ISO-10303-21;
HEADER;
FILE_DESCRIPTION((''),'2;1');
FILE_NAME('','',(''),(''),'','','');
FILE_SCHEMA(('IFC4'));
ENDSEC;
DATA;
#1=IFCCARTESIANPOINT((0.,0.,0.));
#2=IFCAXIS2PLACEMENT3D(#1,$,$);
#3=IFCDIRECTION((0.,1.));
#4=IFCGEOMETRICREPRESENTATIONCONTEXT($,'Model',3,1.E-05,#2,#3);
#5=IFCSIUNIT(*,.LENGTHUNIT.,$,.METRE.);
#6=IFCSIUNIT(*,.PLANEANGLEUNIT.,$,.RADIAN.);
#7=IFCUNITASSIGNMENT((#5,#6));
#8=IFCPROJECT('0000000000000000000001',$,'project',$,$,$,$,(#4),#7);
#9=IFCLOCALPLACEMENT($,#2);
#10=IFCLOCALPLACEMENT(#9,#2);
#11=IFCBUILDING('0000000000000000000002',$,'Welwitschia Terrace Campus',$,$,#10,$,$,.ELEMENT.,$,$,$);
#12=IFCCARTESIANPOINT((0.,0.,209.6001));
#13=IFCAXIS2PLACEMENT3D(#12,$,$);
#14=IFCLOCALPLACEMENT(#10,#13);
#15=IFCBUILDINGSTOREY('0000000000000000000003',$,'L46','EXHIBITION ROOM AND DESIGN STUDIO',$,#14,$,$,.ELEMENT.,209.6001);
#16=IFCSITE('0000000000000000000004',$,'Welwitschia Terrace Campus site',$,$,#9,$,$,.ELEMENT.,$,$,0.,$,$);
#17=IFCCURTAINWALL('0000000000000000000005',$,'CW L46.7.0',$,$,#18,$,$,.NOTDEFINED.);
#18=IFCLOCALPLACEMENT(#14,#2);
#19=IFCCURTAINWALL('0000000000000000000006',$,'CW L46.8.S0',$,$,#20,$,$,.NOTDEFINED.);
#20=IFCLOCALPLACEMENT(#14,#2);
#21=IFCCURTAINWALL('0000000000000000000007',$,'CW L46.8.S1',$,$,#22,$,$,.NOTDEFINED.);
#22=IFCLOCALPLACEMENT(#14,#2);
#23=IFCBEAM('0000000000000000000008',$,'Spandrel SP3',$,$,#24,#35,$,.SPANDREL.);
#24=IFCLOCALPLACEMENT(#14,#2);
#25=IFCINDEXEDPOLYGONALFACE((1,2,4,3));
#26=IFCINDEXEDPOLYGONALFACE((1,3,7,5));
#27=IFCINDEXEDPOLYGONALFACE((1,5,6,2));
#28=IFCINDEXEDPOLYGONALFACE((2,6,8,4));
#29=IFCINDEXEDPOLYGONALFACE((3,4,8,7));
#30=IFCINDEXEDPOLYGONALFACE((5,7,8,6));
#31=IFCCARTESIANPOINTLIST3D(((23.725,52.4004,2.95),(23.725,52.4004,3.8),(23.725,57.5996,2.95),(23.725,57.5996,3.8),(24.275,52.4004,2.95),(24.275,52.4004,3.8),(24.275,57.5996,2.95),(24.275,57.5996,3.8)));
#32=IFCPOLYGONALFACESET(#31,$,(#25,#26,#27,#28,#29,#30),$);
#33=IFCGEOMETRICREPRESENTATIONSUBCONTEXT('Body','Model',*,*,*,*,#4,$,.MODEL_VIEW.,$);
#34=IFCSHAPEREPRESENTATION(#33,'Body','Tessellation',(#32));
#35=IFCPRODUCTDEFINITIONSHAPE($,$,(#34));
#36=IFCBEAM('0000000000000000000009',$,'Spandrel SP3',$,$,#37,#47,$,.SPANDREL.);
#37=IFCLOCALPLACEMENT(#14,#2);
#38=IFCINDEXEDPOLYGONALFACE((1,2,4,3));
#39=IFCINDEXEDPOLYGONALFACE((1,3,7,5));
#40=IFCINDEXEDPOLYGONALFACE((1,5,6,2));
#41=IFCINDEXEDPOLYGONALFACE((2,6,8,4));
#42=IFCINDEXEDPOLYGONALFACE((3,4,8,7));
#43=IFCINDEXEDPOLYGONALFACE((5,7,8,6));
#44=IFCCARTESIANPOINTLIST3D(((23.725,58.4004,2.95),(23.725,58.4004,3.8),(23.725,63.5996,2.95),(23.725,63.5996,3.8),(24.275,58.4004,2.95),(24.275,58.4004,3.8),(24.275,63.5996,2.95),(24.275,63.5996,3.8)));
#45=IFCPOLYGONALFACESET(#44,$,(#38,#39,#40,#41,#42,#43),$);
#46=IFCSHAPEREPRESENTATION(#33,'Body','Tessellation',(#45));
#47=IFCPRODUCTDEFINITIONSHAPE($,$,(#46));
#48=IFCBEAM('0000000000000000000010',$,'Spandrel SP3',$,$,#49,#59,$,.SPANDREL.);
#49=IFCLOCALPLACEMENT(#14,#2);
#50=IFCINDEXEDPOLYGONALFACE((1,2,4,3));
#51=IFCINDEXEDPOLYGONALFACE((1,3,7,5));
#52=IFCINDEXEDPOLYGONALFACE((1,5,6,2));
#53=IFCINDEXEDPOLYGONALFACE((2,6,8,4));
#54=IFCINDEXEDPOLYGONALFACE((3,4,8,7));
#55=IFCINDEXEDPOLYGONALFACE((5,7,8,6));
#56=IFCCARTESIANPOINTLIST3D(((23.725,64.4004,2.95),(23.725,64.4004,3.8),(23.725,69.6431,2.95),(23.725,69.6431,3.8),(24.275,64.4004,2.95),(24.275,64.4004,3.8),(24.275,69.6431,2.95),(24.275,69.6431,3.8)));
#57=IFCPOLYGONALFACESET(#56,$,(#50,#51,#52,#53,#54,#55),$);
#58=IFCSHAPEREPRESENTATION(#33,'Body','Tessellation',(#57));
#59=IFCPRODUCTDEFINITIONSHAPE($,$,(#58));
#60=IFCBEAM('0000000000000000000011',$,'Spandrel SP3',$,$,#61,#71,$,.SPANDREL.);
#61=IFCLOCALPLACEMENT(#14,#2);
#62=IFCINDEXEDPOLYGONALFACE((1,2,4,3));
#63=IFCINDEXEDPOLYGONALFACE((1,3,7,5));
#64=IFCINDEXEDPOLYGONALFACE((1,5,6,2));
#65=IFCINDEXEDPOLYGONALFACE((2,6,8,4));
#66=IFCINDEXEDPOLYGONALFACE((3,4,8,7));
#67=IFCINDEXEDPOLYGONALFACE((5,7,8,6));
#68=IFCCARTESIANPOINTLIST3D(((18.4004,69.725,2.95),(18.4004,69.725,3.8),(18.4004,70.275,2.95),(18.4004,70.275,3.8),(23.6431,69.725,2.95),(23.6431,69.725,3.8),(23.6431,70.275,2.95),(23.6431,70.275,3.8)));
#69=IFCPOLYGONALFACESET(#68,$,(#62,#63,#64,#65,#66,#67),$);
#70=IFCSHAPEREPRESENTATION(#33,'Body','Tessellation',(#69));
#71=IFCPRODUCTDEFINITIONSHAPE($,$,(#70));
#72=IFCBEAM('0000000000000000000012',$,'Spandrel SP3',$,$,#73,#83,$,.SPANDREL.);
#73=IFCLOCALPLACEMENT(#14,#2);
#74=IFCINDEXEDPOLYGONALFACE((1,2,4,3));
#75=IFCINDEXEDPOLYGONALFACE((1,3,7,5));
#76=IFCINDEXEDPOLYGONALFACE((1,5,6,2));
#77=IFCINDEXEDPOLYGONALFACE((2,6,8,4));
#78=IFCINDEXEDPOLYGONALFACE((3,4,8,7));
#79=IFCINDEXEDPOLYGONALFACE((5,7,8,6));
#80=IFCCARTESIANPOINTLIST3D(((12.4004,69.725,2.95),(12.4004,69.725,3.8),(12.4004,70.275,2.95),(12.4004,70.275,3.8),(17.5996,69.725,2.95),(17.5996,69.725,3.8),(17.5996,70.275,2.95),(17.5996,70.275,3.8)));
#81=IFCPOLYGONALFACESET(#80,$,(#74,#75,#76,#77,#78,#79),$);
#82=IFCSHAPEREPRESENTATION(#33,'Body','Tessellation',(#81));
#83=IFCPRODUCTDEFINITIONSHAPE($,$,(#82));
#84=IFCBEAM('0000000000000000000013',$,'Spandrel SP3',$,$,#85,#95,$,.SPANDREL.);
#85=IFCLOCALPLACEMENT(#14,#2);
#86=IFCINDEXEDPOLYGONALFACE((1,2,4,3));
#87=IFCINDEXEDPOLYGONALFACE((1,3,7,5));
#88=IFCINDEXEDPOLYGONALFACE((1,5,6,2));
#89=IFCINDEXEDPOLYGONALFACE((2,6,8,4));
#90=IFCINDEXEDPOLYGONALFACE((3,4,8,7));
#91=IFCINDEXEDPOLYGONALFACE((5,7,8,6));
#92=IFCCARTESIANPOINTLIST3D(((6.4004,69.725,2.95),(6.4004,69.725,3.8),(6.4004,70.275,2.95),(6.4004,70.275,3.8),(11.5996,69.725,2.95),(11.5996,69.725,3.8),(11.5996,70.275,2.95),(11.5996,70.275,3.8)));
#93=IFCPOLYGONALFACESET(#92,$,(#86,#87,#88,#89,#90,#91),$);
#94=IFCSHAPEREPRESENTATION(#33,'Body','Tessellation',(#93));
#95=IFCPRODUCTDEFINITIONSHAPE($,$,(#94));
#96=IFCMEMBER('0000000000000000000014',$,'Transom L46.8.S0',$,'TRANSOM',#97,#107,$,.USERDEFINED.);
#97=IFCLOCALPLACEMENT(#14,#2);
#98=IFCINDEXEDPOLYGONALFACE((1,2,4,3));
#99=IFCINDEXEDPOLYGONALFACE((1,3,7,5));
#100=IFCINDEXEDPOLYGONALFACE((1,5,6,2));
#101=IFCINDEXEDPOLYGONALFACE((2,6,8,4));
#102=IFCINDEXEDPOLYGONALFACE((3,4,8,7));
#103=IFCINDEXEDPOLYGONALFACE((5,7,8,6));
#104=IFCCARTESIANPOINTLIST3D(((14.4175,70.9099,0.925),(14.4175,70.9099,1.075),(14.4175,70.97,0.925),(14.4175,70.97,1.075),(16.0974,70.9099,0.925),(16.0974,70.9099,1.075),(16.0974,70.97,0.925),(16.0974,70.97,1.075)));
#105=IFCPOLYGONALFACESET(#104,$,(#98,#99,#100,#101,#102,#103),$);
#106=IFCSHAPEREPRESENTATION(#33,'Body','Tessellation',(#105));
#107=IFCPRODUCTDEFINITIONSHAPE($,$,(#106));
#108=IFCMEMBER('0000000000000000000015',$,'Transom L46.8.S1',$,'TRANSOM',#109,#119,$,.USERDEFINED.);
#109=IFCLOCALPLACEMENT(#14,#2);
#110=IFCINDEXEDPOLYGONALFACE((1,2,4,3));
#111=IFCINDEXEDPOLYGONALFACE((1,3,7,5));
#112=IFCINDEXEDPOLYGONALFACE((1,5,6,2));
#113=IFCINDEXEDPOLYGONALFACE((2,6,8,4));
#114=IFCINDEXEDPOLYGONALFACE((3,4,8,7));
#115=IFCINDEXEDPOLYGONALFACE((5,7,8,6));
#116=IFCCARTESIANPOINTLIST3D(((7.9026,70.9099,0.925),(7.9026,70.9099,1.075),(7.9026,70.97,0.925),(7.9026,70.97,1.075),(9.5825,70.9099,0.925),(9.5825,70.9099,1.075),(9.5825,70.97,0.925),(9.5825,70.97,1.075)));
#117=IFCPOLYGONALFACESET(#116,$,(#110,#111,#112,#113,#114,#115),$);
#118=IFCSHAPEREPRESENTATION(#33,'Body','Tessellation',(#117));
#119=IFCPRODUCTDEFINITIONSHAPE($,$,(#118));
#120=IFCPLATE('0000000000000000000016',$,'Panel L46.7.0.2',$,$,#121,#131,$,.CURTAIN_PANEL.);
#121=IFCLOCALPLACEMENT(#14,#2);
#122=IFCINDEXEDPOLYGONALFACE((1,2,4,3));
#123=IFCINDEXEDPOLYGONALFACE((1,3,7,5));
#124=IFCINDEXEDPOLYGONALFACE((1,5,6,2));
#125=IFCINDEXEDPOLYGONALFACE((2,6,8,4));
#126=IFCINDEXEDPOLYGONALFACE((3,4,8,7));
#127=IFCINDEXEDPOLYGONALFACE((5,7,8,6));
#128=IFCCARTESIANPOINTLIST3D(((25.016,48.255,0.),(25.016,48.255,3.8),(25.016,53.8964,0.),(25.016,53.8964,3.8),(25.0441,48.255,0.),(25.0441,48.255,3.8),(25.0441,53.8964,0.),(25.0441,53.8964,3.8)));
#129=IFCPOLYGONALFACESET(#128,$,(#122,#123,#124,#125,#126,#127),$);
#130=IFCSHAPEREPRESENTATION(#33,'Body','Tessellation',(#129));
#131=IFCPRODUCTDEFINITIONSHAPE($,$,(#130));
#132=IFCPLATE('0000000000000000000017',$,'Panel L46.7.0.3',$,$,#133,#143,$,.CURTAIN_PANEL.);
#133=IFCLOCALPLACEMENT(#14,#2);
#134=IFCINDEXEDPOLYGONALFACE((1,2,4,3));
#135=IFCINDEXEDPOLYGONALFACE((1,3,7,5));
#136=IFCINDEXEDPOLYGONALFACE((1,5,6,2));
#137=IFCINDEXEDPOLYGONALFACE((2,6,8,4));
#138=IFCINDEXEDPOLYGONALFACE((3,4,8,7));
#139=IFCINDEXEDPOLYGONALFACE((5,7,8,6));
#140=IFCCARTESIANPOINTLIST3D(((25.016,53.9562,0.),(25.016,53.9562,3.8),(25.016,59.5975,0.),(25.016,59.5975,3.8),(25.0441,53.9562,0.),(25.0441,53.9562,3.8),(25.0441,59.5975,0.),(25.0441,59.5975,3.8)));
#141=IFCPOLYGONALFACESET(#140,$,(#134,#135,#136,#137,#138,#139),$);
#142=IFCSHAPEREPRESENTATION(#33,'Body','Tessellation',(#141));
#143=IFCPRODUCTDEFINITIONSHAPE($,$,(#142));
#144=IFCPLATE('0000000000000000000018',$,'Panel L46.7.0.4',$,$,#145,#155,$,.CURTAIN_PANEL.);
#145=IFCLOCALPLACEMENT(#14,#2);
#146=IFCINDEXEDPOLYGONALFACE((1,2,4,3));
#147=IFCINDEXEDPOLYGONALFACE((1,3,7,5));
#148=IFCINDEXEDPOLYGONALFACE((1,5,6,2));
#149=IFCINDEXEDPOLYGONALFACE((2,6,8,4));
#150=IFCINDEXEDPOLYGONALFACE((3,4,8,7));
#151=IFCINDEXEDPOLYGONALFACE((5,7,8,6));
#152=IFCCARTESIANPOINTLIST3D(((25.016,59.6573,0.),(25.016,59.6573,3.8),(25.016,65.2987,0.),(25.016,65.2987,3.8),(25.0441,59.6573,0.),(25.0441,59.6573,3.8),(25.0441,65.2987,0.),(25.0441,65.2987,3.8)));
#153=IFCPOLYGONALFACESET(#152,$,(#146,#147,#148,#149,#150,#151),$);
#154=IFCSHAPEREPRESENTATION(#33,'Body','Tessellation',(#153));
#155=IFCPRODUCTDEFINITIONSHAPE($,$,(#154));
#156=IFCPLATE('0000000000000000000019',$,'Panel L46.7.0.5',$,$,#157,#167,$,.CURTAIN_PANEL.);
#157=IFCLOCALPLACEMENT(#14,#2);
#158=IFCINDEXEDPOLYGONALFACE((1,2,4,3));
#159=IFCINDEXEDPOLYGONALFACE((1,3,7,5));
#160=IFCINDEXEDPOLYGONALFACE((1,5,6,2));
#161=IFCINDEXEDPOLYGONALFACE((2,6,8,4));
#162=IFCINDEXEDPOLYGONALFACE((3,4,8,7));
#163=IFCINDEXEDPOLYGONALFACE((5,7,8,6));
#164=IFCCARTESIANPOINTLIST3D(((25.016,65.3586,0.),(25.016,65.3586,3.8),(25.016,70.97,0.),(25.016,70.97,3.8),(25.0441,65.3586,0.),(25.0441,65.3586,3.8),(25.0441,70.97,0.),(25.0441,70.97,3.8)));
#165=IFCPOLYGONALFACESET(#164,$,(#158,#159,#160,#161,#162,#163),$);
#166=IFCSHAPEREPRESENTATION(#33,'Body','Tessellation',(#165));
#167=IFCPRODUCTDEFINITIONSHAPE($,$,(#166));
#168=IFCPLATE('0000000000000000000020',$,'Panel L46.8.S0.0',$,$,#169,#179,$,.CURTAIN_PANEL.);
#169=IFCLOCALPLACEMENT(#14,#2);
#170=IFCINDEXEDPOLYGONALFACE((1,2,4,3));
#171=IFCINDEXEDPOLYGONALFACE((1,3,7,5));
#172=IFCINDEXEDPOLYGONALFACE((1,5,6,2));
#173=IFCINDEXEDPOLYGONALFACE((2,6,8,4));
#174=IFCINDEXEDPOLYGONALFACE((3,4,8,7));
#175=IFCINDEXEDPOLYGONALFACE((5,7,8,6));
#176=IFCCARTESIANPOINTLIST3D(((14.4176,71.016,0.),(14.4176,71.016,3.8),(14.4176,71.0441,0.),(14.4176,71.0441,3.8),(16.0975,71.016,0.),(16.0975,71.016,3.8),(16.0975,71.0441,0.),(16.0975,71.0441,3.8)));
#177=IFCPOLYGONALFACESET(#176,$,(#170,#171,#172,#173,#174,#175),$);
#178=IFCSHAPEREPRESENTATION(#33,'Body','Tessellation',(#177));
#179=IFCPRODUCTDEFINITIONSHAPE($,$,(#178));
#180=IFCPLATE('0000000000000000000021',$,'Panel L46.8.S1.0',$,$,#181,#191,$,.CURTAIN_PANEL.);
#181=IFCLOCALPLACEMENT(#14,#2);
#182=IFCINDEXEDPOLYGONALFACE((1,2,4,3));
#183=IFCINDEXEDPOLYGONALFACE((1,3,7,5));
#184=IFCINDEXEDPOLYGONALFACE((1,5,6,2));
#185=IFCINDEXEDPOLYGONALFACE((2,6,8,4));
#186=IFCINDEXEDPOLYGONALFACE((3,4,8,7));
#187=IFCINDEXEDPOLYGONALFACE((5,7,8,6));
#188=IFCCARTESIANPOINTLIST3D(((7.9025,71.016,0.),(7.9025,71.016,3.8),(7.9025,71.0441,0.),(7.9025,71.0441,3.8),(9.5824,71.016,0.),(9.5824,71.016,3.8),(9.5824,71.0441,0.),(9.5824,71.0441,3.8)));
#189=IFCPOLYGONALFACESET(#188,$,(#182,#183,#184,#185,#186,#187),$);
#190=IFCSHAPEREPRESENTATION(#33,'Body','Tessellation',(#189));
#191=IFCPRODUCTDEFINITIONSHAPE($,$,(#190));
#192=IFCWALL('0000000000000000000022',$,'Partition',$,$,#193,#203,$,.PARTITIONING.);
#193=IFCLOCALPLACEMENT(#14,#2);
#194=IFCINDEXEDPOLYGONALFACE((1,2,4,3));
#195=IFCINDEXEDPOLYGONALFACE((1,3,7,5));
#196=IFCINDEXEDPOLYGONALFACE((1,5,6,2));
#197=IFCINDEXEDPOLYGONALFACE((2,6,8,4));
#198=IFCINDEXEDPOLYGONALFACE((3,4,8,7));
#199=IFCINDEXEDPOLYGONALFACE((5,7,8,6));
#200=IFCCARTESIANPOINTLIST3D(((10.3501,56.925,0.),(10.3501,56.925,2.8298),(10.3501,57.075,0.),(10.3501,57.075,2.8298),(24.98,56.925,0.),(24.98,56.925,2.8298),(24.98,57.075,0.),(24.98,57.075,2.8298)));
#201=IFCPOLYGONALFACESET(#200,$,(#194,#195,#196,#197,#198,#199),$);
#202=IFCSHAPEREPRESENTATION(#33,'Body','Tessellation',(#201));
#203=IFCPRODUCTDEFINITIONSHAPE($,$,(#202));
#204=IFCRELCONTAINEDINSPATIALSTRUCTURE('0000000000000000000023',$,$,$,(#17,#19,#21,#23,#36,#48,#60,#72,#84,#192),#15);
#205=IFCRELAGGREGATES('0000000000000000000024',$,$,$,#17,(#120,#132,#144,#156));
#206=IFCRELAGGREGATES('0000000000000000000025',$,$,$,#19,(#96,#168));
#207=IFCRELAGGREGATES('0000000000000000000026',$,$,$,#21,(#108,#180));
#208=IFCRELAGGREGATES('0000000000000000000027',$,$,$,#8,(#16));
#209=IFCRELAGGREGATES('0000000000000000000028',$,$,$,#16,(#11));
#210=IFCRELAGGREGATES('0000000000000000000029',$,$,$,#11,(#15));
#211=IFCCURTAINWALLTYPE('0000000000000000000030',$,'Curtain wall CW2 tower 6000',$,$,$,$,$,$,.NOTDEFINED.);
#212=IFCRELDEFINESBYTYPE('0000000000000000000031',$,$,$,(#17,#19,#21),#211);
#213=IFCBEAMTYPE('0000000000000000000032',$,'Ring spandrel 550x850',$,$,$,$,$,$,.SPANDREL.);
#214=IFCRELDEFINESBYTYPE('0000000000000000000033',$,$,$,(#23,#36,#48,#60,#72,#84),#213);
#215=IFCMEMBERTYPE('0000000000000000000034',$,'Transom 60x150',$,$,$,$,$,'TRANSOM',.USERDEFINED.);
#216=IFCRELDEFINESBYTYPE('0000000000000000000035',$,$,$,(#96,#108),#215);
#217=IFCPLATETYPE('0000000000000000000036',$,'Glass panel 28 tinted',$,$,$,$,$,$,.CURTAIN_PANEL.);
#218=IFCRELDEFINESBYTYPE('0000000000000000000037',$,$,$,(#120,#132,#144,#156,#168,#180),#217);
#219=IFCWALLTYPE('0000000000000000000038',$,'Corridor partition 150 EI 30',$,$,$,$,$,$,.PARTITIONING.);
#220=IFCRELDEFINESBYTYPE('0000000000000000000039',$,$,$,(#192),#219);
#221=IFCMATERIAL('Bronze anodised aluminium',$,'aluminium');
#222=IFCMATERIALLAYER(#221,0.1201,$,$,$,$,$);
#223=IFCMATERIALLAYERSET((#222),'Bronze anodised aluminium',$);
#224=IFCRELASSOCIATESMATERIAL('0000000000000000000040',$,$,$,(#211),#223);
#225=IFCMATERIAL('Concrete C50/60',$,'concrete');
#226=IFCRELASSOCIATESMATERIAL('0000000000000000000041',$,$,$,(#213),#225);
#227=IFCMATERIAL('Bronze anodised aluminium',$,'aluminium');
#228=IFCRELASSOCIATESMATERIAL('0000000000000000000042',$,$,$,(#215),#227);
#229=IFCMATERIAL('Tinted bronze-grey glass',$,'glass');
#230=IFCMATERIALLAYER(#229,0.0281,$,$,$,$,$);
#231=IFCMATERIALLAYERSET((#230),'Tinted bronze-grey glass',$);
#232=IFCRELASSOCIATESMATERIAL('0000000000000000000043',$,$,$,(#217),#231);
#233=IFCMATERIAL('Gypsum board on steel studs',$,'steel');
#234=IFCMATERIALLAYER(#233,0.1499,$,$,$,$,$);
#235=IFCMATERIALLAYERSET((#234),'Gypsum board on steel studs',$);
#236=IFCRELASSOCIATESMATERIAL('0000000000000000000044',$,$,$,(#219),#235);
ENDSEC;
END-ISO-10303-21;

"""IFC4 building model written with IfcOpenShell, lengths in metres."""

from ifc_helpers import new_model, si_unit, direction, frame, frame_2d, origin, origin_2d, place, context, subcontext, project, spatial, rectangle, extrude, material, layer, layer_set, material_profile, profile_set, type_object, element, aggregate, save


model = new_model("IFC4")

# Units and contexts
model_context = context("Model", 3, precision=1e-05, world=origin(), true_north=direction((0.0, 1.0)))
body_context = subcontext(model_context, "Body", "Model", "MODEL_VIEW")
ifc_project = project(units=[si_unit("LENGTHUNIT", "METRE"), si_unit("PLANEANGLEUNIT", "RADIAN")], contexts=[model_context])

# Site, building, storey
site_placement = place(None, origin())
site = spatial("IfcSite", under=ifc_project, at=site_placement, Name="Welwitschia Terrace Campus site", CompositionType="ELEMENT", RefElevation=0.0)
building_placement = place(site_placement, origin())
building = spatial("IfcBuilding", under=site, at=building_placement, Name="Welwitschia Terrace Campus", CompositionType="ELEMENT")
storey_placement = place(building_placement, frame((0.0, 0.0, 209.6001)))
storey = spatial("IfcBuildingStorey", under=building, at=storey_placement, Name="L46", Description="EXHIBITION ROOM AND DESIGN STUDIO", CompositionType="ELEMENT", Elevation=209.6001)

# Curtain walls
ifc_material_1 = material(Name="Bronze anodised aluminium", Category="aluminium")
ifc_layer_1 = layer(ifc_material_1, 0.1201)
ifc_layer_set_1 = layer_set([ifc_layer_1], Name="Bronze anodised aluminium")
curtain_wall_type = type_object("IfcCurtainWallType", Name="Curtain wall CW2 tower 6000", PredefinedType="NOTDEFINED", material=ifc_layer_set_1)
curtain_wall_1_placement = place(storey_placement, origin())
curtain_wall_1 = element("IfcCurtainWall", 1, at=curtain_wall_1_placement, inside=storey, type_object=curtain_wall_type, Name="CW L46.7.0", PredefinedType="NOTDEFINED")
curtain_wall_2_placement = place(storey_placement, origin())
curtain_wall_2 = element("IfcCurtainWall", 2, at=curtain_wall_2_placement, inside=storey, type_object=curtain_wall_type, Name="CW L46.8.S0", PredefinedType="NOTDEFINED")

# Curtain wall
curtain_wall_3_placement = place(storey_placement, origin())
curtain_wall_3 = element("IfcCurtainWall", 3, at=curtain_wall_3_placement, inside=storey, type_object=curtain_wall_type, Name="CW L46.8.S1", PredefinedType="NOTDEFINED")

# Beams
ifc_material_2 = material(Name="Concrete C50/60", Category="concrete")
ifc_material_profile_1 = material_profile(ifc_material_2, rectangle(XDim=0.55, YDim=0.8501, at=origin_2d()))
ifc_profile_set_1 = profile_set([ifc_material_profile_1], Name="Concrete C50/60")
beam_type_1 = type_object("IfcBeamType", Name="Ring spandrel 550x850", PredefinedType="SPANDREL", material=ifc_profile_set_1)
for number, where, z_axis, x_axis, name in (
    (4, (24.0, 52.4004, 3.375), (0.0, 1.0, 0.0), (-1.0, 0.0, 0.0), "Spandrel SP3"),
    (5, (24.0, 58.4004, 3.375), (0.0, 1.0, 0.0), (-1.0, 0.0, 0.0), "Spandrel SP3"),
):
    element("IfcBeam", number, at=place(storey_placement, frame(where, z_axis=z_axis, x_axis=x_axis)), inside=storey, type_object=beam_type_1, Name=name, PredefinedType="SPANDREL", context=body_context, shape_type="SweptSolid", body=[
        extrude(rectangle(XDim=0.55, YDim=0.8501, at=origin_2d()), origin(), (0.0, 0.0, 1.0), 5.1992),
    ])
for number, where, z_axis, x_axis, name in (
    (6, (24.0, 64.4004, 3.375), (0.0, 1.0, 0.0), (-1.0, 0.0, 0.0), "Spandrel SP3"),
    (7, (23.6431, 70.0, 3.375), (-1.0, 0.0, 0.0), (0.0, -1.0, 0.0), "Spandrel SP3"),
):
    element("IfcBeam", number, at=place(storey_placement, frame(where, z_axis=z_axis, x_axis=x_axis)), inside=storey, type_object=beam_type_1, Name=name, PredefinedType="SPANDREL", context=body_context, shape_type="SweptSolid", body=[
        extrude(rectangle(XDim=0.55, YDim=0.8501, at=origin_2d()), origin(), (0.0, 0.0, 1.0), 5.2427),
    ])
for number, where, z_axis, x_axis, name in (
    (8, (17.5996, 70.0, 3.375), (-1.0, 0.0, 0.0), (0.0, -1.0, 0.0), "Spandrel SP3"),
    (9, (11.5996, 70.0, 3.375), (-1.0, 0.0, 0.0), (0.0, -1.0, 0.0), "Spandrel SP3"),
):
    element("IfcBeam", number, at=place(storey_placement, frame(where, z_axis=z_axis, x_axis=x_axis)), inside=storey, type_object=beam_type_1, Name=name, PredefinedType="SPANDREL", context=body_context, shape_type="SweptSolid", body=[
        extrude(rectangle(XDim=0.55, YDim=0.8501, at=origin_2d()), origin(), (0.0, 0.0, 1.0), 5.1992),
    ])

# Members
ifc_material_3 = material(Name="Bronze anodised aluminium", Category="aluminium")
ifc_material_profile_2 = material_profile(ifc_material_3, rectangle(XDim=0.0601, YDim=0.1499, at=origin_2d()))
ifc_profile_set_2 = profile_set([ifc_material_profile_2], Name="Bronze anodised aluminium")
member_type_1 = type_object("IfcMemberType", Name="Transom 60x150", ElementType="TRANSOM", PredefinedType="USERDEFINED", material=ifc_profile_set_2)
member_1_placement = place(storey_placement, frame((16.0974, 70.9399, 1.0), z_axis=(-1.0, 0.0, 0.0), x_axis=(0.0, -1.0, 0.0)))
member_1 = element("IfcMember", 10, at=member_1_placement, type_object=member_type_1, Name="Transom L46.8.S0", ObjectType="TRANSOM", PredefinedType="USERDEFINED", context=body_context, shape_type="SweptSolid", body=[
    extrude(rectangle(XDim=0.0601, YDim=0.1499, at=origin_2d()), origin(), (0.0, 0.0, 1.0), 1.6799),
])
member_2_placement = place(storey_placement, frame((9.5825, 70.9399, 1.0), z_axis=(-1.0, 0.0, 0.0), x_axis=(0.0, -1.0, 0.0)))
member_2 = element("IfcMember", 11, at=member_2_placement, type_object=member_type_1, Name="Transom L46.8.S1", ObjectType="TRANSOM", PredefinedType="USERDEFINED", context=body_context, shape_type="SweptSolid", body=[
    extrude(rectangle(XDim=0.0601, YDim=0.1499, at=origin_2d()), origin(), (0.0, 0.0, 1.0), 1.6799),
])

# Plates
ifc_material_4 = material(Name="Tinted bronze-grey glass", Category="glass")
ifc_layer_2 = layer(ifc_material_4, 0.0281)
ifc_layer_set_2 = layer_set([ifc_layer_2], Name="Tinted bronze-grey glass")
plate_type = type_object("IfcPlateType", Name="Glass panel 28 tinted", PredefinedType="CURTAIN_PANEL", material=ifc_layer_set_2)
plate_1_placement = place(storey_placement, frame((25.03, 51.0757, 0.0), z_axis=(0.0, 0.0, 1.0), x_axis=(0.0, 1.0, 0.0)))
plate_1 = element("IfcPlate", 12, at=plate_1_placement, type_object=plate_type, Name="Panel L46.7.0.2", PredefinedType="CURTAIN_PANEL", context=body_context, shape_type="SweptSolid", body=[
    extrude(rectangle(XDim=5.6414, YDim=0.0281, at=origin_2d()), origin(), (0.0, 0.0, 1.0), 3.8),
])
plate_2_placement = place(storey_placement, frame((25.03, 56.7769, 0.0), z_axis=(0.0, 0.0, 1.0), x_axis=(0.0, 1.0, 0.0)))
plate_2 = element("IfcPlate", 13, at=plate_2_placement, type_object=plate_type, Name="Panel L46.7.0.3", PredefinedType="CURTAIN_PANEL", context=body_context, shape_type="SweptSolid", body=[
    extrude(rectangle(XDim=5.6414, YDim=0.0281, at=origin_2d()), origin(), (0.0, 0.0, 1.0), 3.8),
])
plate_3_placement = place(storey_placement, frame((25.03, 62.478, 0.0), z_axis=(0.0, 0.0, 1.0), x_axis=(0.0, 1.0, 0.0)))
plate_3 = element("IfcPlate", 14, at=plate_3_placement, type_object=plate_type, Name="Panel L46.7.0.4", PredefinedType="CURTAIN_PANEL", context=body_context, shape_type="SweptSolid", body=[
    extrude(rectangle(XDim=5.6414, YDim=0.0281, at=origin_2d()), origin(), (0.0, 0.0, 1.0), 3.8),
])
plate_4_placement = place(storey_placement, frame((25.03, 68.1643, 0.0), z_axis=(0.0, 0.0, 1.0), x_axis=(0.0, 1.0, 0.0)))
plate_4 = element("IfcPlate", 15, at=plate_4_placement, type_object=plate_type, Name="Panel L46.7.0.5", PredefinedType="CURTAIN_PANEL", context=body_context, shape_type="SweptSolid", body=[
    extrude(rectangle(XDim=5.6113, YDim=0.0281, at=origin_2d()), origin(), (0.0, 0.0, 1.0), 3.8),
])
aggregate(curtain_wall_1, [plate_1, plate_2, plate_3, plate_4])
plate_5_placement = place(storey_placement, frame((15.2576, 71.03, 0.0), z_axis=(0.0, 0.0, 1.0), x_axis=(-1.0, 0.0, 0.0)))
plate_5 = element("IfcPlate", 16, at=plate_5_placement, type_object=plate_type, Name="Panel L46.8.S0.0", PredefinedType="CURTAIN_PANEL", context=body_context, shape_type="SweptSolid", body=[
    extrude(rectangle(XDim=1.6799, YDim=0.0281, at=origin_2d()), origin(), (0.0, 0.0, 1.0), 3.8),
])
aggregate(curtain_wall_2, [member_1, plate_5])
plate_6_placement = place(storey_placement, frame((8.7424, 71.03, 0.0), z_axis=(0.0, 0.0, 1.0), x_axis=(-1.0, 0.0, 0.0)))
plate_6 = element("IfcPlate", 17, at=plate_6_placement, type_object=plate_type, Name="Panel L46.8.S1.0", PredefinedType="CURTAIN_PANEL", context=body_context, shape_type="SweptSolid", body=[
    extrude(rectangle(XDim=1.6799, YDim=0.0281, at=origin_2d()), origin(), (0.0, 0.0, 1.0), 3.8),
])
aggregate(curtain_wall_3, [member_2, plate_6])

# Wall
ifc_material_5 = material(Name="Gypsum board on steel studs", Category="steel")
ifc_layer_3 = layer(ifc_material_5, 0.1499)
ifc_layer_set_3 = layer_set([ifc_layer_3], Name="Gypsum board on steel studs")
wall_type_1 = type_object("IfcWallType", Name="Corridor partition 150 EI 30", PredefinedType="PARTITIONING", material=ifc_layer_set_3)
wall_1_placement = place(storey_placement, frame((10.3501, 57.0, 0.0), z_axis=(0.0, 0.0, 1.0), x_axis=(1.0, 0.0, 0.0)))
element("IfcWall", 18, at=wall_1_placement, inside=storey, type_object=wall_type_1, Name="Partition", PredefinedType="PARTITIONING", context=body_context, shape_type="SweptSolid", body=[
    extrude(rectangle(XDim=14.6299, YDim=0.1499, at=frame_2d((7.3149, 0.0))), origin(), (0.0, 0.0, 1.0), 2.8298),
])

save(model, "model.ifc")
